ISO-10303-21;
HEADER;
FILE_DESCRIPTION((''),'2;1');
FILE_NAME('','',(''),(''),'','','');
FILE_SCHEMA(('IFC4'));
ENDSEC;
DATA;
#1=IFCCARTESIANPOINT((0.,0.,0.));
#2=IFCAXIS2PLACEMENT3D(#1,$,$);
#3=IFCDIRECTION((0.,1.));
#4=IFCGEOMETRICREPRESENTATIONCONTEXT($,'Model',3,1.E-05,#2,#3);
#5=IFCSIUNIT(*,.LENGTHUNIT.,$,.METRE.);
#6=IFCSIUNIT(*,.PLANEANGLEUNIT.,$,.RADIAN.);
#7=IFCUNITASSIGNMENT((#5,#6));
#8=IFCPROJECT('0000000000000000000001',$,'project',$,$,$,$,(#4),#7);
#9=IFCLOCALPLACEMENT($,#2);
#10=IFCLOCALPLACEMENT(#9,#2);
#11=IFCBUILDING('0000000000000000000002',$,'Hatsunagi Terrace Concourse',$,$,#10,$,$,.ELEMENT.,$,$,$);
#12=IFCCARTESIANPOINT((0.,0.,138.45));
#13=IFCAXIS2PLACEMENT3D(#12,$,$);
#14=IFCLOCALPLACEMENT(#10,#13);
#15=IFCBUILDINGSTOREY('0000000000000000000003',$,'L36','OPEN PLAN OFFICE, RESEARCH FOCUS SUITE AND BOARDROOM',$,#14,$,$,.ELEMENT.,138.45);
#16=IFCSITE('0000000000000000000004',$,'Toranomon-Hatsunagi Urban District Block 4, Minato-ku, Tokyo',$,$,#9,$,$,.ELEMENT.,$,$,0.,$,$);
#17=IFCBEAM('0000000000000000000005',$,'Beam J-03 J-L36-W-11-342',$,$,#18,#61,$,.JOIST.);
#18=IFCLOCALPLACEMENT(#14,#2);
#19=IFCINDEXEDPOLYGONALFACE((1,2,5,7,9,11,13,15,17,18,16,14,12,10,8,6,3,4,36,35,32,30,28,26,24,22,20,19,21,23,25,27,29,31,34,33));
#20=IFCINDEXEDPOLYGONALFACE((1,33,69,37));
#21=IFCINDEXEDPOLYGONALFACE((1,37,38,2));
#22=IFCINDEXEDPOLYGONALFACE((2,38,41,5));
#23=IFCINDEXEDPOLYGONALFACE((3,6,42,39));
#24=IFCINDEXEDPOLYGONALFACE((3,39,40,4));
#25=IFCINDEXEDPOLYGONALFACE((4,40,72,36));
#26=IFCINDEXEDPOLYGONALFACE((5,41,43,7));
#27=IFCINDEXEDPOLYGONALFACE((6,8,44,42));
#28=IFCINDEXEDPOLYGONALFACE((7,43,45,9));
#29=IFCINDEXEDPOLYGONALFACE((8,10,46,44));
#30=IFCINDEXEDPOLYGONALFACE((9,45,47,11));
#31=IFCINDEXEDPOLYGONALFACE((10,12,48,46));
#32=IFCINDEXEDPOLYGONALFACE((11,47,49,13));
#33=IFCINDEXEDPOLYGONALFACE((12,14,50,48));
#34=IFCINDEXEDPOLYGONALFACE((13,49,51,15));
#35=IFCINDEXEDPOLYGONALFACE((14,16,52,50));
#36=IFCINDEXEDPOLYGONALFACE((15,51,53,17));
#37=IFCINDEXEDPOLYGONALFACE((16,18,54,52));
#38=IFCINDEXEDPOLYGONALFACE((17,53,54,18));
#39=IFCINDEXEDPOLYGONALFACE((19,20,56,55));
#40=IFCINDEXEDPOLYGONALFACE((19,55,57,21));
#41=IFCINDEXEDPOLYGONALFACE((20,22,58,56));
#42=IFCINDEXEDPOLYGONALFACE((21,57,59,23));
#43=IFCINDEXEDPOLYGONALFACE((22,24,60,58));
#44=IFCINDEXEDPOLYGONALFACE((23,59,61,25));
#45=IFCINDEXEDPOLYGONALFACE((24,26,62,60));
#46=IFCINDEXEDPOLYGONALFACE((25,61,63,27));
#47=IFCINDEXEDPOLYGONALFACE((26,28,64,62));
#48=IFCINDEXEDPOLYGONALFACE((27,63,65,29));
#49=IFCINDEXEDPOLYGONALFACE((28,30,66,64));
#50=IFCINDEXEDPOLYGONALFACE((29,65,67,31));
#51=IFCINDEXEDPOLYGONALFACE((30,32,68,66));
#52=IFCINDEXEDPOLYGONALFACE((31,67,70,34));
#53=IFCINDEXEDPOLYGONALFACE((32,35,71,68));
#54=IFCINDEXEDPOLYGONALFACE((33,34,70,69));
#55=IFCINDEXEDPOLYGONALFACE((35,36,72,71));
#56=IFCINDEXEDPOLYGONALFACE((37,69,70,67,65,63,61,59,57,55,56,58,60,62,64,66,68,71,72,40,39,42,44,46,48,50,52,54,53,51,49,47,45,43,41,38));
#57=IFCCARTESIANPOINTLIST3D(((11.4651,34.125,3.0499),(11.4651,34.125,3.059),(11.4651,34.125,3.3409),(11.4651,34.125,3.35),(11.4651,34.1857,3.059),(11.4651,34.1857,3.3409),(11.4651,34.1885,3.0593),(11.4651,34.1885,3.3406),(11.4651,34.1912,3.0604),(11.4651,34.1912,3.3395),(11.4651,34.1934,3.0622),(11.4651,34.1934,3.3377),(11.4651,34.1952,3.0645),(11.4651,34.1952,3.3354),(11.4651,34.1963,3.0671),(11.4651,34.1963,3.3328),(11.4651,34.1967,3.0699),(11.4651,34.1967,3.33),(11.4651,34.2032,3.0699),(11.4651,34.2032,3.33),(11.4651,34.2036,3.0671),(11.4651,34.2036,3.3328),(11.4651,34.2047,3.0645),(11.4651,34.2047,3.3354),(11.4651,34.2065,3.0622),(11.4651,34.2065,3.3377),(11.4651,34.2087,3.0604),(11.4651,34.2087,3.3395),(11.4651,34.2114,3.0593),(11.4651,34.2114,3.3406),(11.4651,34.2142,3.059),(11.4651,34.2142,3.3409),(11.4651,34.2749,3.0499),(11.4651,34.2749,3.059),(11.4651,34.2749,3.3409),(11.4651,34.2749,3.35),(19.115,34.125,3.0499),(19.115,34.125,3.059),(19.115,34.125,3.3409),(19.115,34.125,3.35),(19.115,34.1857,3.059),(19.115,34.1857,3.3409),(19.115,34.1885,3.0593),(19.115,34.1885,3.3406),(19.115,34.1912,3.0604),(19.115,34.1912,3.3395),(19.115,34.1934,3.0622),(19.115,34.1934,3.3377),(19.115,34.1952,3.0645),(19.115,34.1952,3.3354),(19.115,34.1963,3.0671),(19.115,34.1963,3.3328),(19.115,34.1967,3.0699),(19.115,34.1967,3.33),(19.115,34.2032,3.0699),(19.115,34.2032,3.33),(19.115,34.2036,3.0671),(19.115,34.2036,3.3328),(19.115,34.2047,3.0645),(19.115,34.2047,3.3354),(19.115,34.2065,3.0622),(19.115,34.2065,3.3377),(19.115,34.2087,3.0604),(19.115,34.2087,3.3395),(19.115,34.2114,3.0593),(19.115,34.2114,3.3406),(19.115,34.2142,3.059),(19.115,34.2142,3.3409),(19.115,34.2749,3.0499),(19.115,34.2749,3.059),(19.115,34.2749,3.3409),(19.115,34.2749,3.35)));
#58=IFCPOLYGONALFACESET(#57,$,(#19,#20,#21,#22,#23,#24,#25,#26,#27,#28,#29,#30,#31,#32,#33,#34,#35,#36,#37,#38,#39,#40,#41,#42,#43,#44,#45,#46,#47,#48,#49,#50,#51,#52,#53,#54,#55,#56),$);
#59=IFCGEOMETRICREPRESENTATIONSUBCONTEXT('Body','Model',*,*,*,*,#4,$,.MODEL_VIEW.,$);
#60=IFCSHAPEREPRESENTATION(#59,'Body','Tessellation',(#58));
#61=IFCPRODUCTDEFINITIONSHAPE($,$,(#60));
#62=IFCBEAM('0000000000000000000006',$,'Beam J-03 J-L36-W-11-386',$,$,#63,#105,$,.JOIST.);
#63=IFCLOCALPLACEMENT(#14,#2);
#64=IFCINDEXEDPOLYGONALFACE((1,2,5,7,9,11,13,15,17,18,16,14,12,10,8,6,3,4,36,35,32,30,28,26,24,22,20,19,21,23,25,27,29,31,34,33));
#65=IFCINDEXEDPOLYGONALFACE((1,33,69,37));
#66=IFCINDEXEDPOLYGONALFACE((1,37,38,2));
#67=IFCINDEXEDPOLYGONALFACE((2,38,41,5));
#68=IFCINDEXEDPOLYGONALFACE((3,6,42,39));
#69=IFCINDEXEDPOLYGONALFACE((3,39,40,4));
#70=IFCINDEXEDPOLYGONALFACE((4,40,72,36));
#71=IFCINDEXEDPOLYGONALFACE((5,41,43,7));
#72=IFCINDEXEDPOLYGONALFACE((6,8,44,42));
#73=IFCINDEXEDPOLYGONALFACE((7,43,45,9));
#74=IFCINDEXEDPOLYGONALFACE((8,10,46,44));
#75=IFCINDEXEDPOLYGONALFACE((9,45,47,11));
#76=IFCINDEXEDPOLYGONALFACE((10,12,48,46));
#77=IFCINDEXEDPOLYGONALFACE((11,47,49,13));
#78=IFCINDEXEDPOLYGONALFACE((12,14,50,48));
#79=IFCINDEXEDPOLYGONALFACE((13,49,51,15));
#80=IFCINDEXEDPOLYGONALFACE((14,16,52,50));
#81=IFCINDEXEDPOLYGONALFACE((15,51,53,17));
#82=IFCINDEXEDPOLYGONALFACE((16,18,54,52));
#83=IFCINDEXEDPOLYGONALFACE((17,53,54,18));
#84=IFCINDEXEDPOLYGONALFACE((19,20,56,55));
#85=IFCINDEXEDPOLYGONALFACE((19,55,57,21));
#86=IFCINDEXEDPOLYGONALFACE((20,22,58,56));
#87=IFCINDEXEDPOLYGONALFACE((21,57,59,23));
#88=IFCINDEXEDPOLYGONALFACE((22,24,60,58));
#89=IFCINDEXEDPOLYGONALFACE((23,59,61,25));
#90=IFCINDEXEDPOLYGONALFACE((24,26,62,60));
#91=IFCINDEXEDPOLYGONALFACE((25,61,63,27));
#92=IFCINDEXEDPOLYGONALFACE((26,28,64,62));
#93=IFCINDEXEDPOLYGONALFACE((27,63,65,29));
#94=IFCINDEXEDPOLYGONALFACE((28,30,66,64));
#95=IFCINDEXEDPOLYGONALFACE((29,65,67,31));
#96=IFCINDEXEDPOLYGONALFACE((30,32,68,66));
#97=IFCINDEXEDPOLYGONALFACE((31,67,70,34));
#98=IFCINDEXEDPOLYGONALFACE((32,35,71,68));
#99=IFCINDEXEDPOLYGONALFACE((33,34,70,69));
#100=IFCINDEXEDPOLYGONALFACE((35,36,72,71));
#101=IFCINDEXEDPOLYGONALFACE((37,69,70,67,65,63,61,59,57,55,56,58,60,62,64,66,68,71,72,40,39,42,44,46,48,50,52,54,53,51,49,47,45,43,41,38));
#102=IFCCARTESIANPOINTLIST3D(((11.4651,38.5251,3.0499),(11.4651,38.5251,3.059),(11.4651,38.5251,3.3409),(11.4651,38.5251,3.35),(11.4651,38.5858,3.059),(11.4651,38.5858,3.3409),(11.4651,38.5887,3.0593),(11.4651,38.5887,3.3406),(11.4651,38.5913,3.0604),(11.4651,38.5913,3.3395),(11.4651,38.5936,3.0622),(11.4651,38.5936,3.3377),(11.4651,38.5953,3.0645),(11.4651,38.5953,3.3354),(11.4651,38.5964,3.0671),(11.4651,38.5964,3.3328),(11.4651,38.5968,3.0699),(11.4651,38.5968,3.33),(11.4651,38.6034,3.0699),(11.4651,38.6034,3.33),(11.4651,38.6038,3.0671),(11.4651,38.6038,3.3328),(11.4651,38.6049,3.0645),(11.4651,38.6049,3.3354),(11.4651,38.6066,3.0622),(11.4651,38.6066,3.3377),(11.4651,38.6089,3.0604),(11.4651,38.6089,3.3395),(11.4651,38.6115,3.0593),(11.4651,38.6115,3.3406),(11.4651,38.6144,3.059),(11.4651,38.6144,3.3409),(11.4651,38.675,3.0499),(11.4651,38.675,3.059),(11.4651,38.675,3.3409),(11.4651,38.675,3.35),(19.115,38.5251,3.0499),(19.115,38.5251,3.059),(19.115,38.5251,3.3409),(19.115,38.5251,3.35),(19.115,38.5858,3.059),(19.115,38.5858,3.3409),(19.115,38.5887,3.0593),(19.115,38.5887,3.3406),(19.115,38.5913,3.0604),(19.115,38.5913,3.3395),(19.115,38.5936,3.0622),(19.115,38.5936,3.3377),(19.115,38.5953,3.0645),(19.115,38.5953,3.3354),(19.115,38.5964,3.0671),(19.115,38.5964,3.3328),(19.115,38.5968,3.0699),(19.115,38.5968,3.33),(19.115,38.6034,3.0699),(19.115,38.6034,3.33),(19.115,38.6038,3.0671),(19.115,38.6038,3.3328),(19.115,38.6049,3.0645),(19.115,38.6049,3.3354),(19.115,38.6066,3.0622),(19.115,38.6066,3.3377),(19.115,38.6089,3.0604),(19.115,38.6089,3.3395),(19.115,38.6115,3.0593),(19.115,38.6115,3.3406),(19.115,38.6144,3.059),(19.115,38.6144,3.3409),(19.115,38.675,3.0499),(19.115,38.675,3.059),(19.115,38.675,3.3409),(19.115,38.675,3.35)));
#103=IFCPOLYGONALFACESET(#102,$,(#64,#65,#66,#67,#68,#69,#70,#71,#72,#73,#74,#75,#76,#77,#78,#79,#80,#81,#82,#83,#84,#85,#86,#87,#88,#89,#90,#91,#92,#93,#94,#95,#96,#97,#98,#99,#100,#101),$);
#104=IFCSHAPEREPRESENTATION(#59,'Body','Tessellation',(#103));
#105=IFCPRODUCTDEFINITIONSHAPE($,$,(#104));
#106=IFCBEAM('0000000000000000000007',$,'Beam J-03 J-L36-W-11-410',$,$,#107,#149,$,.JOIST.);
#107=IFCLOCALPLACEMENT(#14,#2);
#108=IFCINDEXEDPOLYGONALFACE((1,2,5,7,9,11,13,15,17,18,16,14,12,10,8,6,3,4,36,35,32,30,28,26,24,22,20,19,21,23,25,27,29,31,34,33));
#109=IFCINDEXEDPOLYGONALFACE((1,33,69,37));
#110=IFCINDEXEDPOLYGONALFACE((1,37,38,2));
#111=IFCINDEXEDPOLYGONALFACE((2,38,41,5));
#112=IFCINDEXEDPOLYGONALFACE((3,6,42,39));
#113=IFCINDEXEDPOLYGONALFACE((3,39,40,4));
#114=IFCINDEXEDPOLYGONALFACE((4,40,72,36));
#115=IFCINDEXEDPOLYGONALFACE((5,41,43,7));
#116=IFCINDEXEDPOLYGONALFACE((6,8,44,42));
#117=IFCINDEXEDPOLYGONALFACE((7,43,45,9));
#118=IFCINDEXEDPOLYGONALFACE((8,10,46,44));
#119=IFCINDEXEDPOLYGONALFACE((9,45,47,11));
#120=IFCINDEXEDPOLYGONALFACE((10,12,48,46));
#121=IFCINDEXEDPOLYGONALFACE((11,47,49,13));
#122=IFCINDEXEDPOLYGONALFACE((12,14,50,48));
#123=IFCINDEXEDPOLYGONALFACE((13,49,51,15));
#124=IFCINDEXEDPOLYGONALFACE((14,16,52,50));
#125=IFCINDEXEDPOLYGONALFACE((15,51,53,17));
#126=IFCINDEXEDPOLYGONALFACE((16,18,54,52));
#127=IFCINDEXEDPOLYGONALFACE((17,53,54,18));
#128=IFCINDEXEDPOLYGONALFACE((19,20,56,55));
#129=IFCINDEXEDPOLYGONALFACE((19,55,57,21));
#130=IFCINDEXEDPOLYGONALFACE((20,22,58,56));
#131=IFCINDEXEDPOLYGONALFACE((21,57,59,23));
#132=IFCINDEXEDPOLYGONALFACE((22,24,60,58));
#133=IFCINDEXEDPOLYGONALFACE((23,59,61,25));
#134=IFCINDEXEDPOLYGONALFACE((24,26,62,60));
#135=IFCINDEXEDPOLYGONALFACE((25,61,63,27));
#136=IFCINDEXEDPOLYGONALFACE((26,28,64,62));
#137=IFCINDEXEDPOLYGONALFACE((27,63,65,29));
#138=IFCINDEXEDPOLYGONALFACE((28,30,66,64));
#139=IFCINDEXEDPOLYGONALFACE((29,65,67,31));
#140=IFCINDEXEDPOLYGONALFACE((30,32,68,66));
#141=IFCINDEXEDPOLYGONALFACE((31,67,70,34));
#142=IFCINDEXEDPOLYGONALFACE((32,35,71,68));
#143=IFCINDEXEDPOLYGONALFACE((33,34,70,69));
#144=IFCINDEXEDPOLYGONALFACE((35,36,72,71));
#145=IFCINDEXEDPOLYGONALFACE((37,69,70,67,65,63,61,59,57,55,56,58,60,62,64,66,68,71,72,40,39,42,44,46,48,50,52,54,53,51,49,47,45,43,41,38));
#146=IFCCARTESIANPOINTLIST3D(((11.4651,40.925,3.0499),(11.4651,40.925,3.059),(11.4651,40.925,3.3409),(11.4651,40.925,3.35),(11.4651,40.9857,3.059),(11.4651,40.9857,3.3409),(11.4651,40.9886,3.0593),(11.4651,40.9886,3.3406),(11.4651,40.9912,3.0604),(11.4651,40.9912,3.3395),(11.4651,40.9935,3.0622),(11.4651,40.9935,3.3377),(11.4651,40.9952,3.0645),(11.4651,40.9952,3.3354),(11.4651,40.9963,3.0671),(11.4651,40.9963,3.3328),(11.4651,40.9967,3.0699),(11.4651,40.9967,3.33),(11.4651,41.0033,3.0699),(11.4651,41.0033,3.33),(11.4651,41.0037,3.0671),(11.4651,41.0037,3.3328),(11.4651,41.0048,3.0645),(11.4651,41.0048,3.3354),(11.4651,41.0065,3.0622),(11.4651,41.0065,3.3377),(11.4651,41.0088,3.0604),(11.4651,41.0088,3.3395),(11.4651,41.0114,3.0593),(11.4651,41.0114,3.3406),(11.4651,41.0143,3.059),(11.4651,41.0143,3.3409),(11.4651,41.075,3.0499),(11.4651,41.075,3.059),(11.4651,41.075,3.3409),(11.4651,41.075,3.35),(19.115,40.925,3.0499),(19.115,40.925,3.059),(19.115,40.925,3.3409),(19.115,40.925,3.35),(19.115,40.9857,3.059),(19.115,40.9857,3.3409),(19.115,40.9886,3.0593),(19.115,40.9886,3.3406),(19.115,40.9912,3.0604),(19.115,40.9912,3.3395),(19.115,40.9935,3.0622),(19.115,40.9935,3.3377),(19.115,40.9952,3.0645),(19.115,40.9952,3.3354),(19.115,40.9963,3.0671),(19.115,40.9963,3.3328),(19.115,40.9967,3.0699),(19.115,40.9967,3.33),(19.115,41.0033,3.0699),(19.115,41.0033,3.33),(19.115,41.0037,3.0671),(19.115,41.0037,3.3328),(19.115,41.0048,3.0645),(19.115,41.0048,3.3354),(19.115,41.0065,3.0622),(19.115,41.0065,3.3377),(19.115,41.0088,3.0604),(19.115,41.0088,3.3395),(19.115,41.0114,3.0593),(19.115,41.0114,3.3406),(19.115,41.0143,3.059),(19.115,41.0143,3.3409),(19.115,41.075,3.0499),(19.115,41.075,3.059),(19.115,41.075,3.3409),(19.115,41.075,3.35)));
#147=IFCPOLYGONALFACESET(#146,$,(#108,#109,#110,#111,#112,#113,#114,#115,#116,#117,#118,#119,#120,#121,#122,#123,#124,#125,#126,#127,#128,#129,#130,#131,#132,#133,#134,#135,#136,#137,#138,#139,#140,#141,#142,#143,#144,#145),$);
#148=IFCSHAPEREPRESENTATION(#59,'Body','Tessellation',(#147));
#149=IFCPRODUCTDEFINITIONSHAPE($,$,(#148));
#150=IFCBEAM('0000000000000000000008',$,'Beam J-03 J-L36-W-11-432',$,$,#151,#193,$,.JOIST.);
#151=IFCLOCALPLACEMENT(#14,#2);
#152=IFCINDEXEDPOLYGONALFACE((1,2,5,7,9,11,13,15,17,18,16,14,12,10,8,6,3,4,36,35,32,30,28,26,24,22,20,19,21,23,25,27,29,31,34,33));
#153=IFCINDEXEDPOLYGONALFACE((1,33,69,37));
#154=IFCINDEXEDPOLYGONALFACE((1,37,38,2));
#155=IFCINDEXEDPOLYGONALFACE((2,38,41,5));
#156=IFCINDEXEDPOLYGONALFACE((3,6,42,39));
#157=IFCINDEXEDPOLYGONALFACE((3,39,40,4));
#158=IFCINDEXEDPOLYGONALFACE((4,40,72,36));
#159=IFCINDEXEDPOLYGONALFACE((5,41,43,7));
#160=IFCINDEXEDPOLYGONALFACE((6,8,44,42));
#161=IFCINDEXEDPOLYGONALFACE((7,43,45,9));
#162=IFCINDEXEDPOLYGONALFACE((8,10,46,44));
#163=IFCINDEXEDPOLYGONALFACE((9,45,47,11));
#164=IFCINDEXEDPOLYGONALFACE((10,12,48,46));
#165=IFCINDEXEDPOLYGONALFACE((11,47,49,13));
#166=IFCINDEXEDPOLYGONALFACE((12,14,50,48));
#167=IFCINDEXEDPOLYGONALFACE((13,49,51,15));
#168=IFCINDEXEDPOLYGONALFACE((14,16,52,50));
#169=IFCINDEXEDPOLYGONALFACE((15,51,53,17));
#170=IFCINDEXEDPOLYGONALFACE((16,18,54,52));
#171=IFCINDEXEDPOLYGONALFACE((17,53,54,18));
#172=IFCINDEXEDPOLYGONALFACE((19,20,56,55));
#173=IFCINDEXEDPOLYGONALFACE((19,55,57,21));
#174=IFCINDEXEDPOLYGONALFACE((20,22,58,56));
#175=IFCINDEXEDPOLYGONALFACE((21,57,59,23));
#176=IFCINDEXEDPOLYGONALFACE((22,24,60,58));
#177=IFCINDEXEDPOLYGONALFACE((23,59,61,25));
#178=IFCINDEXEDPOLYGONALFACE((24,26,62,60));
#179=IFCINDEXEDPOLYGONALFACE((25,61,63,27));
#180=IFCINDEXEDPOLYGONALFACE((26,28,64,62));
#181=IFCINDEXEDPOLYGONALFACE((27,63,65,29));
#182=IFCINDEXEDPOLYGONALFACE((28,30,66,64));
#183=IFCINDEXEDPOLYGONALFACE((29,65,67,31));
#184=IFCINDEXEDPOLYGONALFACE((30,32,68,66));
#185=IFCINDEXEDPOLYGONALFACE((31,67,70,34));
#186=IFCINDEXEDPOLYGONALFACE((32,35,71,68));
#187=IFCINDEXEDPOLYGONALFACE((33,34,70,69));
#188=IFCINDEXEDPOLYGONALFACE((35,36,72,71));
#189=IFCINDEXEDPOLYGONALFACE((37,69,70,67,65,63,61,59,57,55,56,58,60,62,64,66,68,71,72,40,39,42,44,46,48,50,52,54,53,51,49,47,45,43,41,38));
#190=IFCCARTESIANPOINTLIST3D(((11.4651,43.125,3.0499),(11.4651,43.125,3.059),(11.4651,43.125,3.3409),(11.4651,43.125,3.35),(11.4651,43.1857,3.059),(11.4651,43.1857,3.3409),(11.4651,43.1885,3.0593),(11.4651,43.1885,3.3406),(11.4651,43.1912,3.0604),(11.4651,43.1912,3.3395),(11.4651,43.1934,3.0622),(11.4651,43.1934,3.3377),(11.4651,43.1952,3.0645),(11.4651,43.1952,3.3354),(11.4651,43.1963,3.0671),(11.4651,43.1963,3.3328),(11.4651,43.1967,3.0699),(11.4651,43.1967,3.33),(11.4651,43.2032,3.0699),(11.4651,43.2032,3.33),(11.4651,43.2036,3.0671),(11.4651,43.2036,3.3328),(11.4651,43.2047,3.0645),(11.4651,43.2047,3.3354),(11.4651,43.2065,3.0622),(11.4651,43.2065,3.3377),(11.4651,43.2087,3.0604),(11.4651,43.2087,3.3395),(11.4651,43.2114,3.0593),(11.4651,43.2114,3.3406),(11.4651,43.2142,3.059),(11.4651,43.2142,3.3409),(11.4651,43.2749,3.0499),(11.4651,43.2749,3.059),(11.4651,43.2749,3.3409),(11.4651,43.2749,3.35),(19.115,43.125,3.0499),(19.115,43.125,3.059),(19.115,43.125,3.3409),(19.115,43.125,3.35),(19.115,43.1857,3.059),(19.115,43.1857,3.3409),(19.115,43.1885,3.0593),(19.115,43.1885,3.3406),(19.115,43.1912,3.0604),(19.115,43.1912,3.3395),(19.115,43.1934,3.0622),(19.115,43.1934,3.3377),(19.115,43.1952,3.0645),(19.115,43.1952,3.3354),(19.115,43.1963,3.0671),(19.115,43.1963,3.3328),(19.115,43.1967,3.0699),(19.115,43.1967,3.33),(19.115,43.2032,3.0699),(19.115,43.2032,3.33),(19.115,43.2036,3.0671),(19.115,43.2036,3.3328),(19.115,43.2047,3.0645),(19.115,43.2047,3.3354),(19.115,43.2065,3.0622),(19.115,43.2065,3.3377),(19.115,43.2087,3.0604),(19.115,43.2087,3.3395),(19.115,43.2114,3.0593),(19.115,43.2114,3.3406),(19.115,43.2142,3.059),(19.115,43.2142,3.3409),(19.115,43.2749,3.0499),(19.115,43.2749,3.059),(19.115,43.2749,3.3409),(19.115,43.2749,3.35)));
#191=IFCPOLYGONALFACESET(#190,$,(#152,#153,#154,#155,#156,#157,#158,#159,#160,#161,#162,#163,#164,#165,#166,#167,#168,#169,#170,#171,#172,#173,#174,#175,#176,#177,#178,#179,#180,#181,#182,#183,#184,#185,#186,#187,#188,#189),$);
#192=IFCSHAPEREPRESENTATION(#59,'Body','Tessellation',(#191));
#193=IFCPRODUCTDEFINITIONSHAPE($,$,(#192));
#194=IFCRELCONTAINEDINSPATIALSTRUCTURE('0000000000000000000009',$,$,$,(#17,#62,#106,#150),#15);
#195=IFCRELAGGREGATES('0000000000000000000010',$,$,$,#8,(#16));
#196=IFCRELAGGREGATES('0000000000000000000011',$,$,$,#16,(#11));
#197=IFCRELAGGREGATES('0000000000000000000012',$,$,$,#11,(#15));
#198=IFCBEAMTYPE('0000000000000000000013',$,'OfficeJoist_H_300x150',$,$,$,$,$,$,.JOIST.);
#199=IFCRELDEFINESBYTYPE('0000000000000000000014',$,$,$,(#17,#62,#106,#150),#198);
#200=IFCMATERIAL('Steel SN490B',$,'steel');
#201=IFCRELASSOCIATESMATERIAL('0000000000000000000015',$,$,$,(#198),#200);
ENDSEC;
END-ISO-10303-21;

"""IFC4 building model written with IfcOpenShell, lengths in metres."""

from ifc_helpers import new_model, si_unit, direction, frame, origin, origin_2d, place, context, subcontext, project, spatial, i_section, extrude, material, material_profile, profile_set, type_object, element, save


model = new_model("IFC4")

# Units and contexts
model_context = context("Model", 3, precision=1e-05, world=origin(), true_north=direction((0.0, 1.0)))
body_context = subcontext(model_context, "Body", "Model", "MODEL_VIEW")
ifc_project = project(units=[si_unit("LENGTHUNIT", "METRE"), si_unit("PLANEANGLEUNIT", "RADIAN")], contexts=[model_context])

# Site, building, storey
site_placement = place(None, origin())
site = spatial("IfcSite", under=ifc_project, at=site_placement, Name="Toranomon-Hatsunagi Urban District Block 4, Minato-ku, Tokyo", CompositionType="ELEMENT", RefElevation=0.0)
building_placement = place(site_placement, origin())
building = spatial("IfcBuilding", under=site, at=building_placement, Name="Hatsunagi Terrace Concourse", CompositionType="ELEMENT")
storey_placement = place(building_placement, frame((0.0, 0.0, 138.45)))
storey = spatial("IfcBuildingStorey", under=building, at=storey_placement, Name="L36", Description="OPEN PLAN OFFICE, RESEARCH FOCUS SUITE AND BOARDROOM", CompositionType="ELEMENT", Elevation=138.45)

# Beams
ifc_material_1 = material(Name="Steel SN490B", Category="steel")
ifc_material_profile_1 = material_profile(ifc_material_1, i_section(OverallWidth=0.1499, OverallDepth=0.3, WebThickness=0.0066, FlangeThickness=0.009, FilletRadius=0.011, at=origin_2d()), Name="H-300x150x6.5x9")
ifc_profile_set_1 = profile_set([ifc_material_profile_1], Name="Steel SN490B")
beam_type_1 = type_object("IfcBeamType", Name="OfficeJoist_H_300x150", PredefinedType="JOIST", material=ifc_profile_set_1)
for number, where, z_axis, x_axis, name in (
    (1, (11.4651, 34.2, 3.2), (1.0, 0.0, 0.0), (0.0, 1.0, 0.0), "Beam J-03 J-L36-W-11-342"),
    (2, (11.4651, 38.6001, 3.2), (1.0, 0.0, 0.0), (0.0, 1.0, 0.0), "Beam J-03 J-L36-W-11-386"),
    (3, (11.4651, 41.0, 3.2), (1.0, 0.0, 0.0), (0.0, 1.0, 0.0), "Beam J-03 J-L36-W-11-410"),
    (4, (11.4651, 43.2, 3.2), (1.0, 0.0, 0.0), (0.0, 1.0, 0.0), "Beam J-03 J-L36-W-11-432"),
):
    element("IfcBeam", number, at=place(storey_placement, frame(where, z_axis=z_axis, x_axis=x_axis)), inside=storey, type_object=beam_type_1, Name=name, PredefinedType="JOIST", context=body_context, shape_type="SweptSolid", body=[
        extrude(i_section(OverallWidth=0.1499, OverallDepth=0.3, WebThickness=0.0066, FlangeThickness=0.009, FilletRadius=0.011, at=origin_2d()), origin(), (0.0, 0.0, 1.0), 7.6499),
    ])

save(model, "model.ifc")
